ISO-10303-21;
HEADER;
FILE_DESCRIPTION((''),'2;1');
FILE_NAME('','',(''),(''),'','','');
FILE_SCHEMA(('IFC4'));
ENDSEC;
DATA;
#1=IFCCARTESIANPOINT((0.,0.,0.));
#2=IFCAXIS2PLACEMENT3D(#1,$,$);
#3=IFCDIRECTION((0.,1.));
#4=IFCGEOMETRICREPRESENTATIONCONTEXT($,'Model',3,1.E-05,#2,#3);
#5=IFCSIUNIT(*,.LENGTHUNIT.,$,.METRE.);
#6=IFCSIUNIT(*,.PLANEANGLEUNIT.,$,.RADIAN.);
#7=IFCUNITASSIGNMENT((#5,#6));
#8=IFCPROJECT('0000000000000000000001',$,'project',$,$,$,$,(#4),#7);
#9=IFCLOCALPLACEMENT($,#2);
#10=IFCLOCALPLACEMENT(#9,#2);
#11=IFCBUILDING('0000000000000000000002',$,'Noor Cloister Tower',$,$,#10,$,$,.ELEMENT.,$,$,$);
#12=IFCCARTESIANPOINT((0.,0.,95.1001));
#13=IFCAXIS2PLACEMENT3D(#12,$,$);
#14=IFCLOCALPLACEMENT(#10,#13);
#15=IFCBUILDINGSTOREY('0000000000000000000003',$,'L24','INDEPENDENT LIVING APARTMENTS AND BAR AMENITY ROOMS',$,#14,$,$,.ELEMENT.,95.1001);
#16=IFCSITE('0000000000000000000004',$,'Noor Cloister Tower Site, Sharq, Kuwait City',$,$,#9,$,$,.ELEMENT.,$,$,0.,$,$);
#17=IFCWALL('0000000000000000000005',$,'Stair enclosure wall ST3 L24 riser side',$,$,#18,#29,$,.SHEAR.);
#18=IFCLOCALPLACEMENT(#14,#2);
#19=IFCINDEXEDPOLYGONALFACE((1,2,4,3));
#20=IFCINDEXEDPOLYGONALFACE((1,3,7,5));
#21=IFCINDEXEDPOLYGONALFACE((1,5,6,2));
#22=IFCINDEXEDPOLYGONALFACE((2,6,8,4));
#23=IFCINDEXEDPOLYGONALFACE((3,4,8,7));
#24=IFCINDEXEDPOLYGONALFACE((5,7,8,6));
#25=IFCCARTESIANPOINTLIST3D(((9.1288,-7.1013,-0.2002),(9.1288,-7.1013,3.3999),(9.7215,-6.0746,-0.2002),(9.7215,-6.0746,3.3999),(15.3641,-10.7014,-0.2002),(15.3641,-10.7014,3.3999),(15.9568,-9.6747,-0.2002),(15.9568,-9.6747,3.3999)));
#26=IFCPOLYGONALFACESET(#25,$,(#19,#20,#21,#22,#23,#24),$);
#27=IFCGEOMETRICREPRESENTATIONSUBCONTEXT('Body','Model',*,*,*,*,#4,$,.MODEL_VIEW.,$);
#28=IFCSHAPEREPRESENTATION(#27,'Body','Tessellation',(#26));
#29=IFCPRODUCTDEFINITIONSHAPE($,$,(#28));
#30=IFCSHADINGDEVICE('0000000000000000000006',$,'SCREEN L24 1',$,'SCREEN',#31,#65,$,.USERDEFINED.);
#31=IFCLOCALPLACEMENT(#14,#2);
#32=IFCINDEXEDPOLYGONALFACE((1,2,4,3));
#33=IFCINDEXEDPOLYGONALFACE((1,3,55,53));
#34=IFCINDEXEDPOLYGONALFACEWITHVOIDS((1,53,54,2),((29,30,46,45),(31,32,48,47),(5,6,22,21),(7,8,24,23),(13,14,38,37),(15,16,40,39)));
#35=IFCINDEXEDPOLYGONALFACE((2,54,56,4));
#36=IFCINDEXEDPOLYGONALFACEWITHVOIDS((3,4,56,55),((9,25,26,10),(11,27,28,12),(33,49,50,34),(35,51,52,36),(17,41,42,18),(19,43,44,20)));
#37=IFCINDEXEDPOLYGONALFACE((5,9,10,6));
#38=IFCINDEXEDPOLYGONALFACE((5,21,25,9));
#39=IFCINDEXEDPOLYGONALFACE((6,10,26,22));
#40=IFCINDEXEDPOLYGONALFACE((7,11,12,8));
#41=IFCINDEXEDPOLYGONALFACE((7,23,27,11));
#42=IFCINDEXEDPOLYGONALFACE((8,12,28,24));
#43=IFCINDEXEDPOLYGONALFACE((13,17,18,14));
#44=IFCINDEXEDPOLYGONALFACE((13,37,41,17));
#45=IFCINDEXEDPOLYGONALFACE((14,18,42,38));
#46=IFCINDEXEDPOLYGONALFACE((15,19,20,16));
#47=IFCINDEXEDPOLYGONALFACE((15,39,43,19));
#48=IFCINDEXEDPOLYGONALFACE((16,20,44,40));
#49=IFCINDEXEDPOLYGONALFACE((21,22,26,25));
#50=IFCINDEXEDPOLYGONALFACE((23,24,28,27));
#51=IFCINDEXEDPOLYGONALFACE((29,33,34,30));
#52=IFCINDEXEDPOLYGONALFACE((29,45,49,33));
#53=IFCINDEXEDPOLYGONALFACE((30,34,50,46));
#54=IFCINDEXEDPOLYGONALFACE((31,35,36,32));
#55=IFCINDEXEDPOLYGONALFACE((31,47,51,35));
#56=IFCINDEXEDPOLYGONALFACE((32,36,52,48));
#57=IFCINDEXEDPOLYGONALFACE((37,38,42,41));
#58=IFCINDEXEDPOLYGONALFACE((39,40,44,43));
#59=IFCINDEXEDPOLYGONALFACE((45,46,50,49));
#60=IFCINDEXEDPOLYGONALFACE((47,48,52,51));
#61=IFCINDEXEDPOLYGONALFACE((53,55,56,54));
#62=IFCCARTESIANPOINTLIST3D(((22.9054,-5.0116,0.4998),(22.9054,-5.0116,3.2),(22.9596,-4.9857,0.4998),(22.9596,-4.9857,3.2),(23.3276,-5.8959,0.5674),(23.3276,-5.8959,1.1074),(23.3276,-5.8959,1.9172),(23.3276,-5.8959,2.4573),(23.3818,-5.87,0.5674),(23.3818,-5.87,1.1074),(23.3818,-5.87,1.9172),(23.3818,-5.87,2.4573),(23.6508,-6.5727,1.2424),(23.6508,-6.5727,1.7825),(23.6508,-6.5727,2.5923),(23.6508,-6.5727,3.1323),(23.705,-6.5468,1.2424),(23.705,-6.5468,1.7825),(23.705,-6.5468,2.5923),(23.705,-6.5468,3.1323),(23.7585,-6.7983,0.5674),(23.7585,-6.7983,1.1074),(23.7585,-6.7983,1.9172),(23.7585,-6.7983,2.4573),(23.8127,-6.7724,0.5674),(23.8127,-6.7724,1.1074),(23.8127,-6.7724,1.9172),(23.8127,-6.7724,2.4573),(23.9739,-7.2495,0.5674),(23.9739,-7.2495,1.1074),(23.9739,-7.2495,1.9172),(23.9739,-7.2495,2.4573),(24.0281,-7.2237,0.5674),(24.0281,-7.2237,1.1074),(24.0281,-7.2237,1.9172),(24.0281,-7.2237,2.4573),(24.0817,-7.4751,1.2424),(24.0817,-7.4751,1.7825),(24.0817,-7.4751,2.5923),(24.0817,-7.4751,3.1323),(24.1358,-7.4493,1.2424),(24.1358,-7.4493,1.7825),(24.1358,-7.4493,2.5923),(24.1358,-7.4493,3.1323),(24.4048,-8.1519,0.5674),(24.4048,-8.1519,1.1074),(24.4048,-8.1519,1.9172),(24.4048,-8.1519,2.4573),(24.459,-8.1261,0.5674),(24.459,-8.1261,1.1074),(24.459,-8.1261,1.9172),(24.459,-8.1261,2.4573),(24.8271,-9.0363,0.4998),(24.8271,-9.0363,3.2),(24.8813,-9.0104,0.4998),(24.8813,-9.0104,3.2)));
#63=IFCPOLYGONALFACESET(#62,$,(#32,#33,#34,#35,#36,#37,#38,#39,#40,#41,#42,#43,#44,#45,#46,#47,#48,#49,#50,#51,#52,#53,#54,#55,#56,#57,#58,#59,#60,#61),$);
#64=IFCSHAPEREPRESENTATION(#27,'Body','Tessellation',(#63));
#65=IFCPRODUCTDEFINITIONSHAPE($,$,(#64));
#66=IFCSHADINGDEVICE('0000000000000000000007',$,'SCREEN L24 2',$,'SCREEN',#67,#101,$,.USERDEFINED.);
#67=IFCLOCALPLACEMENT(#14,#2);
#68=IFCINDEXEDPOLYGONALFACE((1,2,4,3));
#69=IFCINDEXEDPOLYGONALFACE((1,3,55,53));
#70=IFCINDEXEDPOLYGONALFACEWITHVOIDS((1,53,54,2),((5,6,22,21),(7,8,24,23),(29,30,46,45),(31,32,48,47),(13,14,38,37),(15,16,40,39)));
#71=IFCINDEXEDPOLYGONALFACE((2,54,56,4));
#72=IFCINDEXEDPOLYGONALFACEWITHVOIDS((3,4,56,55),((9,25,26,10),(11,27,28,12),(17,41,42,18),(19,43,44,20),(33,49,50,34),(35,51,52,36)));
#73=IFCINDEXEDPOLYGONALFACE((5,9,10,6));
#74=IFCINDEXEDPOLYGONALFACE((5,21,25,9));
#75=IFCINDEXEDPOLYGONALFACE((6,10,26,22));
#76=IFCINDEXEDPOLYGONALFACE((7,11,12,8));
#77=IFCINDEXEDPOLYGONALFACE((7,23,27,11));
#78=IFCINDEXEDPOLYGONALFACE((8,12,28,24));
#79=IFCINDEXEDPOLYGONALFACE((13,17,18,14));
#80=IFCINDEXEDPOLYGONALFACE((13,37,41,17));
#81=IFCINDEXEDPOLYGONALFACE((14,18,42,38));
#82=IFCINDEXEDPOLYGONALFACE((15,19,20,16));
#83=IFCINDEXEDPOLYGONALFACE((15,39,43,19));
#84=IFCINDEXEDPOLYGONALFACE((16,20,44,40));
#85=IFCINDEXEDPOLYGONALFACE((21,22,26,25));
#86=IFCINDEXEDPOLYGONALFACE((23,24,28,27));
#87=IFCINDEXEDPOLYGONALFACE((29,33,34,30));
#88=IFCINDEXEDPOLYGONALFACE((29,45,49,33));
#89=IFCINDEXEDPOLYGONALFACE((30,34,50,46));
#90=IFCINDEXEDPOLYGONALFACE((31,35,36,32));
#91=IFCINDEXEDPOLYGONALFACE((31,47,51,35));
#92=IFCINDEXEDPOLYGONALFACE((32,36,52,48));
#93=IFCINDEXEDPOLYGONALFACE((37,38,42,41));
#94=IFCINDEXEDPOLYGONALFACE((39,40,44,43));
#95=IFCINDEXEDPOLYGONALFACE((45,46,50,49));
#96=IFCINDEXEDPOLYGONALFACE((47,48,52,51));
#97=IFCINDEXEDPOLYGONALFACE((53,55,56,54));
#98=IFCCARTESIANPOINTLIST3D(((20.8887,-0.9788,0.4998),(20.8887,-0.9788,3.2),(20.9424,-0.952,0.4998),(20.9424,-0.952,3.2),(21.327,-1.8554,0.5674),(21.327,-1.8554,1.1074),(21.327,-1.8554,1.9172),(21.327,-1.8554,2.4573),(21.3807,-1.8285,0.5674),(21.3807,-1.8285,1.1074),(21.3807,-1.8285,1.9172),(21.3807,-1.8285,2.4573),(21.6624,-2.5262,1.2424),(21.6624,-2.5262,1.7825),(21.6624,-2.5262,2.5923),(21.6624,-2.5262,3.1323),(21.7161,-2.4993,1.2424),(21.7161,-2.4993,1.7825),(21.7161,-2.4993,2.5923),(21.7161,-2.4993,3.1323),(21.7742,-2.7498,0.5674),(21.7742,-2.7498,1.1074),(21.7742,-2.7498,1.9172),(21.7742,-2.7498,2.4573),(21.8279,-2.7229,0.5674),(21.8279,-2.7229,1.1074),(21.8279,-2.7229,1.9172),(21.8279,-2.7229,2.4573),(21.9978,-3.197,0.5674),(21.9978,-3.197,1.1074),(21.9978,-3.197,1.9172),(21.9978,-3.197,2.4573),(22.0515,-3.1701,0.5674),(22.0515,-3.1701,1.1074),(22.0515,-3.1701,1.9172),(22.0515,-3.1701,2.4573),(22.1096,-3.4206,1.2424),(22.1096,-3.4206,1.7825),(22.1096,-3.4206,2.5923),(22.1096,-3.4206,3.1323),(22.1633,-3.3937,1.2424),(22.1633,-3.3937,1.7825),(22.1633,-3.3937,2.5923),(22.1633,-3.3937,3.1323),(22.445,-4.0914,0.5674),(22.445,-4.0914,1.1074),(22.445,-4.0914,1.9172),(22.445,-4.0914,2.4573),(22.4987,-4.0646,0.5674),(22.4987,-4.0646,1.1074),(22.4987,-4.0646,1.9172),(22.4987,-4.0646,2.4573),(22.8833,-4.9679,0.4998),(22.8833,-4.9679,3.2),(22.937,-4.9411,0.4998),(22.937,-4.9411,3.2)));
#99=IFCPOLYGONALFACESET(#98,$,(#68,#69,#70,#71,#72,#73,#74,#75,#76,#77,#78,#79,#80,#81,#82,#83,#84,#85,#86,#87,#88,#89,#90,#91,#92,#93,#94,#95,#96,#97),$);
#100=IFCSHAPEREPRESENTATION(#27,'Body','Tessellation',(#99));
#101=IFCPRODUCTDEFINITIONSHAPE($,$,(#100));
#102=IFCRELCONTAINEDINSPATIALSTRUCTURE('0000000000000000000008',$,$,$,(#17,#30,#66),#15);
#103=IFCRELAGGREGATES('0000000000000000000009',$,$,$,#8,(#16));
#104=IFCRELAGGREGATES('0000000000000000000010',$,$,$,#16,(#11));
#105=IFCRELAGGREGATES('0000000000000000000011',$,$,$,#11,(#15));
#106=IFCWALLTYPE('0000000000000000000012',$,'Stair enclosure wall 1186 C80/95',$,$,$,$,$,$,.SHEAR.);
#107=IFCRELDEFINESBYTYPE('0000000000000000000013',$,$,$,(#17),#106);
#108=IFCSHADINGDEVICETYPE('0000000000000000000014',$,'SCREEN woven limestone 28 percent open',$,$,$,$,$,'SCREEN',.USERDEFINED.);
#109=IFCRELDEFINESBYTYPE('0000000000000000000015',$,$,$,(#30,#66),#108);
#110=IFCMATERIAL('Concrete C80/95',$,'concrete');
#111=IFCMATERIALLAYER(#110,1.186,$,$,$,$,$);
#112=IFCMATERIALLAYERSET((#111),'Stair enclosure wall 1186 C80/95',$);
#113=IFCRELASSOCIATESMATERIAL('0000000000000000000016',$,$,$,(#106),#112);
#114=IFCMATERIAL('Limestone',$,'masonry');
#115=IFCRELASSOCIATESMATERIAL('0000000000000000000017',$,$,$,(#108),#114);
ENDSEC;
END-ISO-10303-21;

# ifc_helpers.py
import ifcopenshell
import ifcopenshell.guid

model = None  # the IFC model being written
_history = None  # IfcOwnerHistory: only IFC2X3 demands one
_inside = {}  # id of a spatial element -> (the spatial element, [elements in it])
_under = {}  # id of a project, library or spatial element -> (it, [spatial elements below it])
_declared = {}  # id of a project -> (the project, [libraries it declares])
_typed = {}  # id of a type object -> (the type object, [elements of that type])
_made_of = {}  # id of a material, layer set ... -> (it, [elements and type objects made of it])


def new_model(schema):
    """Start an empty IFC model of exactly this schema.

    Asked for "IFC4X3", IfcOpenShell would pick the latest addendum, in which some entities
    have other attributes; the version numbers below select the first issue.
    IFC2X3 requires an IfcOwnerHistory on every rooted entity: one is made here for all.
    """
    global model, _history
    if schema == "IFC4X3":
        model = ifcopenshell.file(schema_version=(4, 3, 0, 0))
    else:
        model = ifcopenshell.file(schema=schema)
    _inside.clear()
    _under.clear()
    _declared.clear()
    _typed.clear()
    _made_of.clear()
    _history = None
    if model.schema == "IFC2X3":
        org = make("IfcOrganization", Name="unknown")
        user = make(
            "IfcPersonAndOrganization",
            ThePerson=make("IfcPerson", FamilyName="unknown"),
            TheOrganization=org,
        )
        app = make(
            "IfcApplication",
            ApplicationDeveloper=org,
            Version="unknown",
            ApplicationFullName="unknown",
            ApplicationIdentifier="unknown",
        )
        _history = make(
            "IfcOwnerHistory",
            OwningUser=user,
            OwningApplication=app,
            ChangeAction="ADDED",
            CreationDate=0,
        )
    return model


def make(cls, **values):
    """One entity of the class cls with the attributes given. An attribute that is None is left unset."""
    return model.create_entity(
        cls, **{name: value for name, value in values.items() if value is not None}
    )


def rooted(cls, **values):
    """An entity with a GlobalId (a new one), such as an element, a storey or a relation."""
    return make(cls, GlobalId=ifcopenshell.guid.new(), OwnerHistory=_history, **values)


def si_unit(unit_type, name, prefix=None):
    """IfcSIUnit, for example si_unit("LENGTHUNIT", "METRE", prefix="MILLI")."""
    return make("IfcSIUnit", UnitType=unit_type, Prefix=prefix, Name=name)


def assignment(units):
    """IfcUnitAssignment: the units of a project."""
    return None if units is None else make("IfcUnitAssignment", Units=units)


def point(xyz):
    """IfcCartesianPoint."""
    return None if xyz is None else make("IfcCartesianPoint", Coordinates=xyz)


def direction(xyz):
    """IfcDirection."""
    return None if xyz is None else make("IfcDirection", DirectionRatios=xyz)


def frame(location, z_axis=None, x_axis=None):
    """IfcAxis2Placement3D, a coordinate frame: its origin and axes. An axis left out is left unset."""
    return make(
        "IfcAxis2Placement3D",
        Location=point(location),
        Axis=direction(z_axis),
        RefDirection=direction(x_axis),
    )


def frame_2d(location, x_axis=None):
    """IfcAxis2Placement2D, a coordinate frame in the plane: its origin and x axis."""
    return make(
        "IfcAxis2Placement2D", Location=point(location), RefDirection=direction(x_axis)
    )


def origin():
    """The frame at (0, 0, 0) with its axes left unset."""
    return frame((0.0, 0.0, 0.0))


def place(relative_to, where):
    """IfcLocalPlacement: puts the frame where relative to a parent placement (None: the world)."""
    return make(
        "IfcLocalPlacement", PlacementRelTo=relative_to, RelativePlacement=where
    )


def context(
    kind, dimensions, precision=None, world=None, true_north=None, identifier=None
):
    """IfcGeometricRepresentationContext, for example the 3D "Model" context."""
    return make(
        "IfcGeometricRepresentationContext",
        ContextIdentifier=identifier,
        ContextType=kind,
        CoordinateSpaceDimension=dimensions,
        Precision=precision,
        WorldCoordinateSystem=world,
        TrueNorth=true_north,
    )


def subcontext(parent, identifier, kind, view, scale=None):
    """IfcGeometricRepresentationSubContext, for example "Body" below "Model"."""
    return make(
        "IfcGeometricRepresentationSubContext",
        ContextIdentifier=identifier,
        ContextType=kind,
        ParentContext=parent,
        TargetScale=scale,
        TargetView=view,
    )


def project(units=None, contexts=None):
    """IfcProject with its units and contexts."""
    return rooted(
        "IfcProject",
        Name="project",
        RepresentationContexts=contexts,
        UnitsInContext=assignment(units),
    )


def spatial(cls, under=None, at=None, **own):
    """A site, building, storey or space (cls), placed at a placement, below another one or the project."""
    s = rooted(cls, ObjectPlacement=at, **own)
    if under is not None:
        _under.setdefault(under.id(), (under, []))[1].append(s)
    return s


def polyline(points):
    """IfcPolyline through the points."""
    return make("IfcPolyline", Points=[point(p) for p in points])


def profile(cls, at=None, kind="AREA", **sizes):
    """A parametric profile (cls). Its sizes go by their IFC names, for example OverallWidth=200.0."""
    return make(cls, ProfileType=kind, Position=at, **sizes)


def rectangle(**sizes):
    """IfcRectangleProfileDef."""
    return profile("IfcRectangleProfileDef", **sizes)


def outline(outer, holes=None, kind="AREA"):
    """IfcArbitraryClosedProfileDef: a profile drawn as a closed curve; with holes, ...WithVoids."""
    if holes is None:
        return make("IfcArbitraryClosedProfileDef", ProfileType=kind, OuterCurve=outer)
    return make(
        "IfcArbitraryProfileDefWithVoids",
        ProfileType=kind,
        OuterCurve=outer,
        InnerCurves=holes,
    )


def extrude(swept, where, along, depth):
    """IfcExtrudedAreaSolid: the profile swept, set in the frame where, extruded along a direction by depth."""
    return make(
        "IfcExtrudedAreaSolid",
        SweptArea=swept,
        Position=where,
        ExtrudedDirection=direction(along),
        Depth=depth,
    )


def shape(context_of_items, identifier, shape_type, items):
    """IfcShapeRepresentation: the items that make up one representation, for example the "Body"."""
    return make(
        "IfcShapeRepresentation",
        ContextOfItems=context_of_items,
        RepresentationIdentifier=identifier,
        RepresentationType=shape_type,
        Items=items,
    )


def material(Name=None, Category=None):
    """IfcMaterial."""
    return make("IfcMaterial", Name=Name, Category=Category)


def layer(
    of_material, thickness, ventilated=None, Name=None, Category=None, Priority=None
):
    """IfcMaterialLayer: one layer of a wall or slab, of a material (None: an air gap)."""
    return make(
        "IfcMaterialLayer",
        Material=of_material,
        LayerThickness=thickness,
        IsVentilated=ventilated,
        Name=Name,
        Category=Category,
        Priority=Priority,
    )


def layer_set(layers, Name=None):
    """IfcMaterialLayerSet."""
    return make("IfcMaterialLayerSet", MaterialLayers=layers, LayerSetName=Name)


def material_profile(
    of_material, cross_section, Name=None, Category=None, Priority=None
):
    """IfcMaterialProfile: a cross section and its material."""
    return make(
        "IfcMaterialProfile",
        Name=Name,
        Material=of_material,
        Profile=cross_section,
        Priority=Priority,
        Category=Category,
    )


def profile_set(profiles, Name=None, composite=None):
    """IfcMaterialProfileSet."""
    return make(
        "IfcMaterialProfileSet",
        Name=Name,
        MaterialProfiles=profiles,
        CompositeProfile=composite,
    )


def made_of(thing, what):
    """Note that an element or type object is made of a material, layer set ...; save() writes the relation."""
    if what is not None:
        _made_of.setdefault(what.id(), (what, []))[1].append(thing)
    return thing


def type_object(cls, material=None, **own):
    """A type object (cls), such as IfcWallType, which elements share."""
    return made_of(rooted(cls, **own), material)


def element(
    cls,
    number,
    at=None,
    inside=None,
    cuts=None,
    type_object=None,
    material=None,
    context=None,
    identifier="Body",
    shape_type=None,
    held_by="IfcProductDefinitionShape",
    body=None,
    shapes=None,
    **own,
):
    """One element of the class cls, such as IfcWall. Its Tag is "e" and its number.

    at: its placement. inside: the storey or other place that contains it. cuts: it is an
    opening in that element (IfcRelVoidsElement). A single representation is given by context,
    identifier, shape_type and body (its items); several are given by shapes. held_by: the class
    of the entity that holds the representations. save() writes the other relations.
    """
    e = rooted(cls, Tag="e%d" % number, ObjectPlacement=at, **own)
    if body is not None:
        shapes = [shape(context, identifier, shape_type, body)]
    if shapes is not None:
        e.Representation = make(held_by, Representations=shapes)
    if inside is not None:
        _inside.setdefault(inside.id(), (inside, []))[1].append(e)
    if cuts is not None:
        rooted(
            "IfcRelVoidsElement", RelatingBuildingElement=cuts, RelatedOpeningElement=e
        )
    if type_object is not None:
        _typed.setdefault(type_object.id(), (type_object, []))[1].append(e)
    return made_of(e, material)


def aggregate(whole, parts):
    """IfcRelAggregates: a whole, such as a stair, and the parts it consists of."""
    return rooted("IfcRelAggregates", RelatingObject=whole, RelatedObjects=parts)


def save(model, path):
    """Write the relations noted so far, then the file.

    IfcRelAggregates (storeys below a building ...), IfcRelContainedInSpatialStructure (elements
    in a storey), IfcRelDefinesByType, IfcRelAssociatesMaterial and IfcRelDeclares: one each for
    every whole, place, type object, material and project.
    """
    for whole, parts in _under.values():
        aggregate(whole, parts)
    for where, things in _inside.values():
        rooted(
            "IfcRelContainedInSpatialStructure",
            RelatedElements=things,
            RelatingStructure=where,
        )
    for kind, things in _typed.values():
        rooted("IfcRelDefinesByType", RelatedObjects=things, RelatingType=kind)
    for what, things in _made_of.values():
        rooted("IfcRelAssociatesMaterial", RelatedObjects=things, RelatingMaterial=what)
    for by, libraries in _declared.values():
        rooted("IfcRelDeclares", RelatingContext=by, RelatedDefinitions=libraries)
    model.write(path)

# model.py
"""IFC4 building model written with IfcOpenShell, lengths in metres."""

from ifc_helpers import new_model, si_unit, direction, frame, frame_2d, origin, place, context, subcontext, project, spatial, polyline, rectangle, outline, extrude, material, layer, layer_set, material_profile, profile_set, type_object, element, save


model = new_model("IFC4")

# Units and contexts
model_context = context("Model", 3, precision=1e-05, world=origin(), true_north=direction((0.0, 1.0)))
body_context = subcontext(model_context, "Body", "Model", "MODEL_VIEW")
ifc_project = project(units=[si_unit("LENGTHUNIT", "METRE"), si_unit("PLANEANGLEUNIT", "RADIAN")], contexts=[model_context])

# Site, building, storey
site_placement = place(None, origin())
site = spatial("IfcSite", under=ifc_project, at=site_placement, Name="Noor Cloister Tower Site, Sharq, Kuwait City", CompositionType="ELEMENT", RefElevation=0.0)
building_placement = place(site_placement, origin())
building = spatial("IfcBuilding", under=site, at=building_placement, Name="Noor Cloister Tower", CompositionType="ELEMENT")
storey_placement = place(building_placement, frame((0.0, 0.0, 95.1001)))
storey = spatial("IfcBuildingStorey", under=building, at=storey_placement, Name="L24", Description="INDEPENDENT LIVING APARTMENTS AND BAR AMENITY ROOMS", CompositionType="ELEMENT", Elevation=95.1001)

# Wall
ifc_material_1 = material(Name="Concrete C80/95", Category="concrete")
ifc_layer_1 = layer(ifc_material_1, 1.186)
ifc_layer_set_1 = layer_set([ifc_layer_1], Name="Stair enclosure wall 1186 C80/95")
wall_type_1 = type_object("IfcWallType", Name="Stair enclosure wall 1186 C80/95", PredefinedType="SHEAR", material=ifc_layer_set_1)
wall_1_placement = place(storey_placement, frame((9.425, -6.5879, -0.2002), z_axis=(0.0, 0.0, 1.0), x_axis=(0.866018, -0.500012, 0.0)))
element("IfcWall", 1, at=wall_1_placement, inside=storey, type_object=wall_type_1, Name="Stair enclosure wall ST3 L24 riser side", PredefinedType="SHEAR", context=body_context, shape_type="SweptSolid", body=[
    extrude(rectangle(XDim=7.2, YDim=1.1855, at=frame_2d((3.6001, 0.0))), origin(), (0.0, 0.0, 1.0), 3.6001),
])

# Shading devices
ifc_material_2 = material(Name="Limestone", Category="masonry")
ifc_material_profile_1 = material_profile(ifc_material_2, outline(polyline([(-2.23, -1.3501), (2.23, -1.3501), (2.23, 1.3501), (-2.23, 1.3501), (-2.23, -1.3501)]), holes=[polyline([(-1.25, -1.2825), (-0.25, -1.2825), (-0.25, -0.7424), (-1.25, -0.7424), (-1.25, -1.2825)]), polyline([(0.25, -1.2825), (1.25, -1.2825), (1.25, -0.7424), (0.25, -0.7424), (0.25, -1.2825)]), polyline([(-0.5, -0.6074), (0.5, -0.6074), (0.5, -0.0674), (-0.5, -0.0674), (-0.5, -0.6074)]), polyline([(-1.25, 0.0674), (-0.25, 0.0674), (-0.25, 0.6074), (-1.25, 0.6074), (-1.25, 0.0674)]), polyline([(0.25, 0.0674), (1.25, 0.0674), (1.25, 0.6074), (0.25, 0.6074), (0.25, 0.0674)]), polyline([(-0.5, 0.7424), (0.5, 0.7424), (0.5, 1.2825), (-0.5, 1.2825), (-0.5, 0.7424)])]), Name="Woven screen 28 percent open")
ifc_profile_set_1 = profile_set([ifc_material_profile_1], Name="Limestone")
shading_device_type = type_object("IfcShadingDeviceType", Name="SCREEN woven limestone 28 percent open", ElementType="SCREEN", PredefinedType="USERDEFINED", material=ifc_profile_set_1)
for number, where, z_axis, x_axis, name in (
    (2, (23.8662, -7.0239, 1.8499), (0.902409, 0.43088, 0.0), (-0.43088, 0.902409, 0.0), "SCREEN L24 1"),
    (3, (21.886, -2.9734, 1.8499), (0.894427, 0.447214, 0.0), (-0.447214, 0.894427, 0.0), "SCREEN L24 2"),
):
    element("IfcShadingDevice", number, at=place(storey_placement, frame(where, z_axis=z_axis, x_axis=x_axis)), inside=storey, type_object=shading_device_type, Name=name, ObjectType="SCREEN", PredefinedType="USERDEFINED", context=body_context, shape_type="SweptSolid", body=[
        extrude(outline(polyline([(-2.23, -1.3501), (2.23, -1.3501), (2.23, 1.3501), (-2.23, 1.3501), (-2.23, -1.3501)]), holes=[polyline([(-1.25, -1.2825), (-0.25, -1.2825), (-0.25, -0.7424), (-1.25, -0.7424), (-1.25, -1.2825)]), polyline([(0.25, -1.2825), (1.25, -1.2825), (1.25, -0.7424), (0.25, -0.7424), (0.25, -1.2825)]), polyline([(-0.5, -0.6074), (0.5, -0.6074), (0.5, -0.0674), (-0.5, -0.0674), (-0.5, -0.6074)]), polyline([(-1.25, 0.0674), (-0.25, 0.0674), (-0.25, 0.6074), (-1.25, 0.6074), (-1.25, 0.0674)]), polyline([(0.25, 0.0674), (1.25, 0.0674), (1.25, 0.6074), (0.25, 0.6074), (0.25, 0.0674)]), polyline([(-0.5, 0.7424), (0.5, 0.7424), (0.5, 1.2825), (-0.5, 1.2825), (-0.5, 0.7424)])]), origin(), (0.0, 0.0, 1.0), 0.0601),
    ])

save(model, "model.ifc")
